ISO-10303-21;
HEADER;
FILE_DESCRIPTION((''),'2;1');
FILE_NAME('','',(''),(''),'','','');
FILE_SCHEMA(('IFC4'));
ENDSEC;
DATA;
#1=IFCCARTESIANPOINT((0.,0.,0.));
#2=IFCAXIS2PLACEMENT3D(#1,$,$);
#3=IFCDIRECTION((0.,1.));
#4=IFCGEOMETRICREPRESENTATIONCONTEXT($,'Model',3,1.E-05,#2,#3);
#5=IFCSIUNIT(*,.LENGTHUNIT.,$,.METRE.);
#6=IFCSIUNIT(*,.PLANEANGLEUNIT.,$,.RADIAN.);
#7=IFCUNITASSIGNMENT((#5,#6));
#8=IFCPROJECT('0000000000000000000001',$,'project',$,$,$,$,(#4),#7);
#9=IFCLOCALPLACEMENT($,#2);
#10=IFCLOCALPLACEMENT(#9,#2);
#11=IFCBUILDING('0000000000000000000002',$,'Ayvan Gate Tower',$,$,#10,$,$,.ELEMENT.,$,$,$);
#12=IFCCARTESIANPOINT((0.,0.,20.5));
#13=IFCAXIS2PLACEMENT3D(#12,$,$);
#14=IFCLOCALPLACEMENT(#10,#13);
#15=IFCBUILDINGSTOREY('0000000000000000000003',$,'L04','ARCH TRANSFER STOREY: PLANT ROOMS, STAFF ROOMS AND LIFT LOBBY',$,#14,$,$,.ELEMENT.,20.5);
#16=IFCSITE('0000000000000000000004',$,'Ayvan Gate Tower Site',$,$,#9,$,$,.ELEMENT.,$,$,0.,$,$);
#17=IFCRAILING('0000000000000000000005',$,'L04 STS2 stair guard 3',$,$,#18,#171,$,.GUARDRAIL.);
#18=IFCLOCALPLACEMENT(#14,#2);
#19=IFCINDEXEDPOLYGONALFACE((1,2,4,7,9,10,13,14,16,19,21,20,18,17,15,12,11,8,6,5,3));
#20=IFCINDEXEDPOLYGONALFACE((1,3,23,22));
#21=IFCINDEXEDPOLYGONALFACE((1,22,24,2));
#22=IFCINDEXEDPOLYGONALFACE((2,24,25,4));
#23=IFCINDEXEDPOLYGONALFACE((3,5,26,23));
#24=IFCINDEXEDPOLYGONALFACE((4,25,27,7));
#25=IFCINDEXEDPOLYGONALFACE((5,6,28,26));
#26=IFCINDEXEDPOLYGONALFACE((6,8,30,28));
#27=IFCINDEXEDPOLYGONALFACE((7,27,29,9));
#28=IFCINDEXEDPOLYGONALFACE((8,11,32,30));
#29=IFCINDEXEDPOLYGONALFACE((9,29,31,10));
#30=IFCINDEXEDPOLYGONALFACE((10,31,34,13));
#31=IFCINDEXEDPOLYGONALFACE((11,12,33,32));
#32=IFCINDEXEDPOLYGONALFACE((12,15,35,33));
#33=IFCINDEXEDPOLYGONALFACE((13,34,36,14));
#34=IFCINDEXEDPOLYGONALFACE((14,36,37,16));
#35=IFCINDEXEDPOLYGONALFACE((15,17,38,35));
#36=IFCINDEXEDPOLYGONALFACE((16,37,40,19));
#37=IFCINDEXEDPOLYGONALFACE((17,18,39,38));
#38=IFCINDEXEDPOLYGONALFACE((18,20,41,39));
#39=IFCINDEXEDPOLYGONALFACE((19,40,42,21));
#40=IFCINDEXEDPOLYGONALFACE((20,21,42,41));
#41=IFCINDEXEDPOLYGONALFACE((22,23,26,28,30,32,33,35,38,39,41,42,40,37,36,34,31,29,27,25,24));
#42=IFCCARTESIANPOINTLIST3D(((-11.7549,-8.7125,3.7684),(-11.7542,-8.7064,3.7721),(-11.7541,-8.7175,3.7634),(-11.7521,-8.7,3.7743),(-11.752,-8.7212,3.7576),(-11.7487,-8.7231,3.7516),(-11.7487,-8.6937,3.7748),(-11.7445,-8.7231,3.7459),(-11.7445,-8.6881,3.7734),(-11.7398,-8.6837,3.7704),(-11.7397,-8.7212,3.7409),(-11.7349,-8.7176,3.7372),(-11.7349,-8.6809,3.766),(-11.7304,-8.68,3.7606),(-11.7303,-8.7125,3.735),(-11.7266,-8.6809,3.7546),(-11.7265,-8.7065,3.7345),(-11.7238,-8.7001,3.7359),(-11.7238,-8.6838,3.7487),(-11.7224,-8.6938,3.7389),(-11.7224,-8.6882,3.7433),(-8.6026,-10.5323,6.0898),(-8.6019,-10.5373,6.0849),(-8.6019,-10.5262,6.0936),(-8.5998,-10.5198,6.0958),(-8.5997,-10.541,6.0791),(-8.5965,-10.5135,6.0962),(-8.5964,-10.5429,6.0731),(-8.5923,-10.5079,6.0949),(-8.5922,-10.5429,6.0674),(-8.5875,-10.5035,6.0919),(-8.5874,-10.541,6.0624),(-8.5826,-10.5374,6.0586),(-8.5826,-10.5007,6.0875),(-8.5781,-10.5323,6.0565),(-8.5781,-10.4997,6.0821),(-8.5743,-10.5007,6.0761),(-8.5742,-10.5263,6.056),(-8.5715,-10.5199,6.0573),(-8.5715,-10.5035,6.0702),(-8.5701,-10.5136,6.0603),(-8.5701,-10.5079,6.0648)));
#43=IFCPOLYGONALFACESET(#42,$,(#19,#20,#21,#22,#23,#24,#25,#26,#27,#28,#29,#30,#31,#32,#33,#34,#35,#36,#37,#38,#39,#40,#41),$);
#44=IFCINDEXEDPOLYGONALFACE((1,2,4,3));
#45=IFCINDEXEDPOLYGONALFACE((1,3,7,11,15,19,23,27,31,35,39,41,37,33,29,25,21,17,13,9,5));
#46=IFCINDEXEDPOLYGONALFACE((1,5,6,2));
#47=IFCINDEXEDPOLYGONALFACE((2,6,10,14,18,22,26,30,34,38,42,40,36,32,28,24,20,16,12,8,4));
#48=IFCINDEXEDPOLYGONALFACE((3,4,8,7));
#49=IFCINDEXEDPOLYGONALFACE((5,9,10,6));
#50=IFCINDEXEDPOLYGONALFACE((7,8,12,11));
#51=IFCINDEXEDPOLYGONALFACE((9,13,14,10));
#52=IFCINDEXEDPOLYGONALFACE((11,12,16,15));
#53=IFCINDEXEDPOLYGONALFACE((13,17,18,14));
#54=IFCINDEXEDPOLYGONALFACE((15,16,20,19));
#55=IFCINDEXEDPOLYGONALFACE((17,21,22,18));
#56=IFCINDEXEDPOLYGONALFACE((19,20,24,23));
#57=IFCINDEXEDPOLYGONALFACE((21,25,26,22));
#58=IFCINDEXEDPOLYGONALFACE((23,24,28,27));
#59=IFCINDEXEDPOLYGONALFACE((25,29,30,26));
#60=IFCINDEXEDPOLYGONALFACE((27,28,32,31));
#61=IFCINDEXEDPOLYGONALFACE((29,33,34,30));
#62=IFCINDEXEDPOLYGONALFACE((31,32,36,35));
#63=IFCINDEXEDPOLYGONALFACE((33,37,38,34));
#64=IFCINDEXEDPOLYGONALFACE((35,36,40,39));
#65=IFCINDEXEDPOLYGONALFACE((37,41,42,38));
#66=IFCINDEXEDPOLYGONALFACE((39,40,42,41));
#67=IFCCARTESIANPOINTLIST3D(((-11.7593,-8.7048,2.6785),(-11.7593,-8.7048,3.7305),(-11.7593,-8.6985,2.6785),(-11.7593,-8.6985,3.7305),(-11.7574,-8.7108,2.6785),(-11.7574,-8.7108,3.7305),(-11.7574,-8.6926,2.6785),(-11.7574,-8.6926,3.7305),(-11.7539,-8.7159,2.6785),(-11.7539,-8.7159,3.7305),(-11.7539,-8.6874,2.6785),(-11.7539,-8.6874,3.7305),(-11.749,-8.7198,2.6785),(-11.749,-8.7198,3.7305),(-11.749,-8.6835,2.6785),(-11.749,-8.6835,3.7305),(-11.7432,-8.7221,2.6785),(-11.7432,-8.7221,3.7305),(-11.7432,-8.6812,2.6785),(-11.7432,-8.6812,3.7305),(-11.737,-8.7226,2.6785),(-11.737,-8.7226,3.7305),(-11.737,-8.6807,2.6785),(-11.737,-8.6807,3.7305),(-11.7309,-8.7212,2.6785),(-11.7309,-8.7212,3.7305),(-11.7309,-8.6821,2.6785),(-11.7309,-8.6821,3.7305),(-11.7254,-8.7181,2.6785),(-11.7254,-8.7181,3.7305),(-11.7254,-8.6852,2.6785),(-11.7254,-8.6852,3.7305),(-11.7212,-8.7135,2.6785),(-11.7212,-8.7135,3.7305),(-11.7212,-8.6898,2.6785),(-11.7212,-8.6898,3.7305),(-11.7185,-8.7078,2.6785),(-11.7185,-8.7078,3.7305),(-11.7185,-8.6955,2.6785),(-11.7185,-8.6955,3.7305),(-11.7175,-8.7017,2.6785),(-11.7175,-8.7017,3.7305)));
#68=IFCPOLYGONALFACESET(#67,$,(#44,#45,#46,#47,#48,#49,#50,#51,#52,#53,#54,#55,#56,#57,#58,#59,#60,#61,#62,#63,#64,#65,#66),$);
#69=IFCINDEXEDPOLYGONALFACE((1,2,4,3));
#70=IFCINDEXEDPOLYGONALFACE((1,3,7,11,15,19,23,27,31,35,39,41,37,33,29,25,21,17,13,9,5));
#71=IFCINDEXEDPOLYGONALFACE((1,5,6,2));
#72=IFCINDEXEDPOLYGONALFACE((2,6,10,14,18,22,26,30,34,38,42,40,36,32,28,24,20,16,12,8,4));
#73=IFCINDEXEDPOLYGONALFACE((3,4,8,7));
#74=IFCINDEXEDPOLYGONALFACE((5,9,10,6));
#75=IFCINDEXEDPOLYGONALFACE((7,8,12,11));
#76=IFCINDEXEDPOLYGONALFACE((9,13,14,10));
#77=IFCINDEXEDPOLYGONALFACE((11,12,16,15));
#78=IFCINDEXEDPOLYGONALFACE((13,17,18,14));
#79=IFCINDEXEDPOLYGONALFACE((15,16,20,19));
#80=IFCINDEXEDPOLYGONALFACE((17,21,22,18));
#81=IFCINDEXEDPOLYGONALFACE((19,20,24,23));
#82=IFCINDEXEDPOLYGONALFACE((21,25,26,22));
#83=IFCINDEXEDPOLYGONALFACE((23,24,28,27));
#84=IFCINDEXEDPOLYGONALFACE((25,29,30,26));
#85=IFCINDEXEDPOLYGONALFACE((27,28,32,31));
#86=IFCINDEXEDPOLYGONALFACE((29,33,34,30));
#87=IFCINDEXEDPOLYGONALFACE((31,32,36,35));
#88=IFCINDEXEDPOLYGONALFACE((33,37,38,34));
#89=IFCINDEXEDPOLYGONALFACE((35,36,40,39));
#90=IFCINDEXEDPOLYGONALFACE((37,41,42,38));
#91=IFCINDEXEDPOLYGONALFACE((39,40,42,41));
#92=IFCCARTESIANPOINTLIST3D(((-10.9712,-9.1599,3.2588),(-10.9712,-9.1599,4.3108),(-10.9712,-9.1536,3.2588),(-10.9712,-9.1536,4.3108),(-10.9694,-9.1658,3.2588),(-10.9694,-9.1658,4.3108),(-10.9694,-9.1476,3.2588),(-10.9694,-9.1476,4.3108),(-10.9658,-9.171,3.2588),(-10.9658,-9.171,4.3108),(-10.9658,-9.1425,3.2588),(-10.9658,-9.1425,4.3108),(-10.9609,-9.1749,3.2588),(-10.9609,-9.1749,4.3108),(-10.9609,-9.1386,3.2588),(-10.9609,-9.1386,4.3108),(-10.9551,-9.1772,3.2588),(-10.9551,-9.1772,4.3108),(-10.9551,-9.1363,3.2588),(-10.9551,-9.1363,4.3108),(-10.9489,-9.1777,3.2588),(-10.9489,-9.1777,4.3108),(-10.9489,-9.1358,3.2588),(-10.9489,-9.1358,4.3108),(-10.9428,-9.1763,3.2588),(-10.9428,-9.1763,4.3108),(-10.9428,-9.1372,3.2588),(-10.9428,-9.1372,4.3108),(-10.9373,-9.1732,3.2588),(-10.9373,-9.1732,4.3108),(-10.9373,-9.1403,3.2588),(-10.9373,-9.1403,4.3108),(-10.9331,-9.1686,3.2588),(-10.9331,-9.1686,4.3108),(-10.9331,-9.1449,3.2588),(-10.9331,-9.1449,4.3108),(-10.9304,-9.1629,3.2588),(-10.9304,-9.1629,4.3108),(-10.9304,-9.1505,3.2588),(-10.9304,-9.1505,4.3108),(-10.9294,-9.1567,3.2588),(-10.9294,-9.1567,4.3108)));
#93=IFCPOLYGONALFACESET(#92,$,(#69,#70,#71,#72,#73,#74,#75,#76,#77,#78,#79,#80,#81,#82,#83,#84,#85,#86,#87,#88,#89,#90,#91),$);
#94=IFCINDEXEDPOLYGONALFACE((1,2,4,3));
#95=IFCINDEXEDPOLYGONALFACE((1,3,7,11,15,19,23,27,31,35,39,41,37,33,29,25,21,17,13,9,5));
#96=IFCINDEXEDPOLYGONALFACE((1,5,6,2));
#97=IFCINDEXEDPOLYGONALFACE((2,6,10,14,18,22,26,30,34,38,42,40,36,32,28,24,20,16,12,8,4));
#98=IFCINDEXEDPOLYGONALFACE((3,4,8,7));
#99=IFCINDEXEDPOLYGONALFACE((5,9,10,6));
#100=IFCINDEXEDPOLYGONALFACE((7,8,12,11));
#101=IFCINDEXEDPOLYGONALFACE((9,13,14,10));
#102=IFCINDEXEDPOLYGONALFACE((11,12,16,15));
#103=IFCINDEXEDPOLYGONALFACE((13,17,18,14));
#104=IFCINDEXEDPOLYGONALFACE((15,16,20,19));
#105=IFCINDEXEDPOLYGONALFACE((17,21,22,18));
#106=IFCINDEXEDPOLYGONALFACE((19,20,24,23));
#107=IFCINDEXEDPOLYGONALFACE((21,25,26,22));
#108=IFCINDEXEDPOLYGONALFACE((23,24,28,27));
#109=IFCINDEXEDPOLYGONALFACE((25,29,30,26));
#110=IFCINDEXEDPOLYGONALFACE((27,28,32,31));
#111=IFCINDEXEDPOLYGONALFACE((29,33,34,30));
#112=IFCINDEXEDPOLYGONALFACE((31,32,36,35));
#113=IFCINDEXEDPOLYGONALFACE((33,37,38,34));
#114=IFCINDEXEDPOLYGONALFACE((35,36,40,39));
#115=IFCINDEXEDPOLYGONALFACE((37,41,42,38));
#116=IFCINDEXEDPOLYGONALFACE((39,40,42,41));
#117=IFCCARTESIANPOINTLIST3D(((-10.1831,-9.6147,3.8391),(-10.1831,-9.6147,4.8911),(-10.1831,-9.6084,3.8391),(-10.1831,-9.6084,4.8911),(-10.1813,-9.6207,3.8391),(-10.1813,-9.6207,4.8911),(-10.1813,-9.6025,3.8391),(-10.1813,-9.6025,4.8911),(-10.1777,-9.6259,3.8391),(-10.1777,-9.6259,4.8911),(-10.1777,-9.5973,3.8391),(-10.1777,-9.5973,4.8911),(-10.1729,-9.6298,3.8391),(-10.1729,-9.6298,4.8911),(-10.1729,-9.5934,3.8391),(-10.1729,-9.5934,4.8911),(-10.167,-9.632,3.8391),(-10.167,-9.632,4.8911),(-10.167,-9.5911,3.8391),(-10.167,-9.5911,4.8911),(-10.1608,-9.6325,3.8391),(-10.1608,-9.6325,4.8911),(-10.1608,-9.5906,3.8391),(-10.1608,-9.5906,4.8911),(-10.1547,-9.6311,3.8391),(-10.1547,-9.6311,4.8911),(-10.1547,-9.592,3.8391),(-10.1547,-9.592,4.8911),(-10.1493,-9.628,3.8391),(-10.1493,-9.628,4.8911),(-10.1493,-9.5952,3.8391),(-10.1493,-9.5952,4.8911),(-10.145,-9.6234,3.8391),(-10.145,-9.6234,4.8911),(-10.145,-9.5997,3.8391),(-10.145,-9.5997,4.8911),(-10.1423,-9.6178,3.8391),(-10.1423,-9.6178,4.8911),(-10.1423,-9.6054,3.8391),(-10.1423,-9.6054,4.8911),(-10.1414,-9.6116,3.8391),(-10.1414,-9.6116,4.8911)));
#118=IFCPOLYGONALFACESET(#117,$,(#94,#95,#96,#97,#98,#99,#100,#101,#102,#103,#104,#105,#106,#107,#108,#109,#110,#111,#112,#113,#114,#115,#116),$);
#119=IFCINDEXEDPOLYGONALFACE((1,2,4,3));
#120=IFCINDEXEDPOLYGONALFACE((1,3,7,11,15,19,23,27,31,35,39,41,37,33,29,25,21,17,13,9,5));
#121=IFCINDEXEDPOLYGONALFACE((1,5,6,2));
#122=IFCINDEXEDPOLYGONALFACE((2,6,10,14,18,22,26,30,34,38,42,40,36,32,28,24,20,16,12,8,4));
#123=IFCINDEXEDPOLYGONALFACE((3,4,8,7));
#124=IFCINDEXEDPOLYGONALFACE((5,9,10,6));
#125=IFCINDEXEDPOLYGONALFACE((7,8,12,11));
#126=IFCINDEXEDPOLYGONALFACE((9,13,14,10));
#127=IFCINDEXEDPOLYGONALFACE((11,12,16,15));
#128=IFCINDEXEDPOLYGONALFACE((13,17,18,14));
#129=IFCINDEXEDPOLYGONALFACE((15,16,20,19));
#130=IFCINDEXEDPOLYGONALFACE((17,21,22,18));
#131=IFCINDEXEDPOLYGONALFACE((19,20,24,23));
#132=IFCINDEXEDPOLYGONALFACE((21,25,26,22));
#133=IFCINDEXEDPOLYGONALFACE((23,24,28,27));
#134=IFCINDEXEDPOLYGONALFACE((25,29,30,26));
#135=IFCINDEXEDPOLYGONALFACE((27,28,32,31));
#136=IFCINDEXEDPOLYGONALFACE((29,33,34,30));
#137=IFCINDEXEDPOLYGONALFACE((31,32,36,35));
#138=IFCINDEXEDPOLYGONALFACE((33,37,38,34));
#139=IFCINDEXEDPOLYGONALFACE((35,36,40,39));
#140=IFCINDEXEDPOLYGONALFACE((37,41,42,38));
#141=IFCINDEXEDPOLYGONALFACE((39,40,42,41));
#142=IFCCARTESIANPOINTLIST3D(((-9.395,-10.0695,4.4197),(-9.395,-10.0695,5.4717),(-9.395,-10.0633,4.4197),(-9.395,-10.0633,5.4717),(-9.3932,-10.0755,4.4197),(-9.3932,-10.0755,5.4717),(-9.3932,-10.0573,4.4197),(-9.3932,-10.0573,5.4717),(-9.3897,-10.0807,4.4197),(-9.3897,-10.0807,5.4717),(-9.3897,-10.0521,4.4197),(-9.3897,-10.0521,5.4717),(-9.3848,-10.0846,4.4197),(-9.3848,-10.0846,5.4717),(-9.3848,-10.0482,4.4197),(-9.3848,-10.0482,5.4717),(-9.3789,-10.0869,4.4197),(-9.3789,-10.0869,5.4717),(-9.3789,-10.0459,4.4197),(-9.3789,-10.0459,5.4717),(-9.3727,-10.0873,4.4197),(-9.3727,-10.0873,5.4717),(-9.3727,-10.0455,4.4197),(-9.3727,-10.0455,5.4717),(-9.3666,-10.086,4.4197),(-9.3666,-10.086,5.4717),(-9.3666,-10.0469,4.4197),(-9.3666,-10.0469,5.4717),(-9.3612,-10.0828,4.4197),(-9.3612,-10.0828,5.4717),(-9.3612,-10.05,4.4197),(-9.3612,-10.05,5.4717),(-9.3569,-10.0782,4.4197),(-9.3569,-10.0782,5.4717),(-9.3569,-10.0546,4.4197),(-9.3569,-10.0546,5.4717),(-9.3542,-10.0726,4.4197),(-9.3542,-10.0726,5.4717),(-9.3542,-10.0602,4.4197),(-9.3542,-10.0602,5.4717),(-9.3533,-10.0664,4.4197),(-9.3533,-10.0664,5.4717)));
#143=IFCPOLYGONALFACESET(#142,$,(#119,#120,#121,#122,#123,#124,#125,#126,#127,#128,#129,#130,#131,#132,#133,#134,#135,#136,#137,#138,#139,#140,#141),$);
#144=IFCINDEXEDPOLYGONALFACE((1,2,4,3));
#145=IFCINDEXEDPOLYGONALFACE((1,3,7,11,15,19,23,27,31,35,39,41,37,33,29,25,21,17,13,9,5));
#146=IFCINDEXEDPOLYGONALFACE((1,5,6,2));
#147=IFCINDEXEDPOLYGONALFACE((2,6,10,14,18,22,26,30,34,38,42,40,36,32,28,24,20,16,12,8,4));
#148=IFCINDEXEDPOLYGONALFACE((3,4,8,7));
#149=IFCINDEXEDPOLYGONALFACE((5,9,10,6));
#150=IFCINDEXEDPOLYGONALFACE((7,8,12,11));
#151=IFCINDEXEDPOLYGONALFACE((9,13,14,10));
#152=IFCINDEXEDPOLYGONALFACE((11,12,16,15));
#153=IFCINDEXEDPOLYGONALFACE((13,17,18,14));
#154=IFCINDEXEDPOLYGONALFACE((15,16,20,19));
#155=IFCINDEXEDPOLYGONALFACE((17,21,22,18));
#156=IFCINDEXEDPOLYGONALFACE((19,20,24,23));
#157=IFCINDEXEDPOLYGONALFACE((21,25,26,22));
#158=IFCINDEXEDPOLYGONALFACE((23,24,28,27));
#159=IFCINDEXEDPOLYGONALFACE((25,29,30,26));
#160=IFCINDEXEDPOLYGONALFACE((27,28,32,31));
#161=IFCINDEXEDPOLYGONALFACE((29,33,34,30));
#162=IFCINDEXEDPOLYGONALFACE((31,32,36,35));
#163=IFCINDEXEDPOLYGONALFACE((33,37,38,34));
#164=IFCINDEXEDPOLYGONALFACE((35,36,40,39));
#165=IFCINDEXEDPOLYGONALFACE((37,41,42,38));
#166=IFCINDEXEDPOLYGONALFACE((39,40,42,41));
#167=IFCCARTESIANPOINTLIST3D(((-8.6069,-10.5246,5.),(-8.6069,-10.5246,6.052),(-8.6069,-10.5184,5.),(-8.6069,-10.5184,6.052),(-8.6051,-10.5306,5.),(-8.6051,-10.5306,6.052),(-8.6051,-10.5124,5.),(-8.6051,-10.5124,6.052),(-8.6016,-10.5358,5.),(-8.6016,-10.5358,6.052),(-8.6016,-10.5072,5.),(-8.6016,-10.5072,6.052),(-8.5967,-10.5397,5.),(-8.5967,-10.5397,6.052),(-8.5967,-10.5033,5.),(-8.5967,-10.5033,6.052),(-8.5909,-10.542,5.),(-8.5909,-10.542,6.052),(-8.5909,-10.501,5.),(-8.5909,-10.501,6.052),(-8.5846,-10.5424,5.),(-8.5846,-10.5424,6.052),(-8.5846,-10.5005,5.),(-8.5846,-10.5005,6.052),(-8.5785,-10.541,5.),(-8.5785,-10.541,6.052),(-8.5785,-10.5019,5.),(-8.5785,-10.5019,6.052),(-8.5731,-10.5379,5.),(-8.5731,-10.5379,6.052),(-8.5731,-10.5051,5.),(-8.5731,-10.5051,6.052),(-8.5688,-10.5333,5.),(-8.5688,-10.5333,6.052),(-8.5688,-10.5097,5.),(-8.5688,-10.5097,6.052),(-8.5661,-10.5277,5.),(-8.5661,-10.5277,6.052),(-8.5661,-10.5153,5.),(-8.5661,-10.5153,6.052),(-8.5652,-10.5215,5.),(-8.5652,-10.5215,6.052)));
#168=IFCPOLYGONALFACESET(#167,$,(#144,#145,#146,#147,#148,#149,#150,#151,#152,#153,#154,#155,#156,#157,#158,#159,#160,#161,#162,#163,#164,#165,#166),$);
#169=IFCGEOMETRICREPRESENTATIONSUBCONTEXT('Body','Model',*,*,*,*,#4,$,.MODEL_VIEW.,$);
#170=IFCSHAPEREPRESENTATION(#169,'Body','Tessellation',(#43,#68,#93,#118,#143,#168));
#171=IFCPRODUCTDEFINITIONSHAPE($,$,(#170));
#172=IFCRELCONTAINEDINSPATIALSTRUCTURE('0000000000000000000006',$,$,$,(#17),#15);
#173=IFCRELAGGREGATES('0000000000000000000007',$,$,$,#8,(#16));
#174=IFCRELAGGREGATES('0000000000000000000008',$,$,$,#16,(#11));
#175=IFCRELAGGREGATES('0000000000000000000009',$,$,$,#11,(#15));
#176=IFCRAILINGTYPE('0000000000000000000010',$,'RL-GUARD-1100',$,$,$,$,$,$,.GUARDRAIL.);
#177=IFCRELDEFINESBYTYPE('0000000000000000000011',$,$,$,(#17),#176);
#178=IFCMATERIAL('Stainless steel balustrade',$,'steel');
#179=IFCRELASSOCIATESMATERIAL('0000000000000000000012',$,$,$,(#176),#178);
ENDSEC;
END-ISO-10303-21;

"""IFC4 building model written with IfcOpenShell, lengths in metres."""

from ifc_helpers import new_model, si_unit, direction, frame, origin, origin_2d, place, context, subcontext, project, spatial, circle, extrude, material, type_object, element, save


model = new_model("IFC4")

# Units and contexts
model_context = context("Model", 3, precision=1e-05, world=origin(), true_north=direction((0.0, 1.0)))
body_context = subcontext(model_context, "Body", "Model", "MODEL_VIEW")
ifc_project = project(units=[si_unit("LENGTHUNIT", "METRE"), si_unit("PLANEANGLEUNIT", "RADIAN")], contexts=[model_context])

# Site, building, storey
site_placement = place(None, origin())
site = spatial("IfcSite", under=ifc_project, at=site_placement, Name="Ayvan Gate Tower Site", CompositionType="ELEMENT", RefElevation=0.0)
building_placement = place(site_placement, origin())
building = spatial("IfcBuilding", under=site, at=building_placement, Name="Ayvan Gate Tower", CompositionType="ELEMENT")
storey_placement = place(building_placement, frame((0.0, 0.0, 20.5)))
storey = spatial("IfcBuildingStorey", under=building, at=storey_placement, Name="L04", Description="ARCH TRANSFER STOREY: PLANT ROOMS, STAFF ROOMS AND LIFT LOBBY", CompositionType="ELEMENT", Elevation=20.5)

# Railing
ifc_material_1 = material(Name="Stainless steel balustrade", Category="steel")
railing_type_1 = type_object("IfcRailingType", Name="RL-GUARD-1100", PredefinedType="GUARDRAIL", material=ifc_material_1)
railing_1_placement = place(storey_placement, frame((-11.7385, -8.7017, 2.6785)))
element("IfcRailing", 1, at=railing_1_placement, inside=storey, type_object=railing_type_1, Name="L04 STS2 stair guard 3", PredefinedType="GUARDRAIL", context=body_context, shape_type="SweptSolid", body=[
    extrude(circle(Radius=0.0239, at=origin_2d()), frame((0.0, 0.0, 1.0762), z_axis=(0.730176, -0.421525, 0.537736), x_axis=(0.499962, 0.866047, 0.0)), (0.0, 0.0, 1.0), 4.3171),
    extrude(circle(Radius=0.021, at=origin_2d()), origin(), (0.0, 0.0, 1.0), 1.052),
    extrude(circle(Radius=0.021, at=origin_2d()), frame((0.7881, -0.4551, 0.5803)), (0.0, 0.0, 1.0), 1.052),
    extrude(circle(Radius=0.021, at=origin_2d()), frame((1.5762, -0.9099, 1.1606)), (0.0, 0.0, 1.0), 1.052),
    extrude(circle(Radius=0.021, at=origin_2d()), frame((2.3643, -1.3647, 1.7412)), (0.0, 0.0, 1.0), 1.052),
    extrude(circle(Radius=0.021, at=origin_2d()), frame((3.1523, -1.8198, 2.3215)), (0.0, 0.0, 1.0), 1.052),
])

save(model, "model.ifc")
